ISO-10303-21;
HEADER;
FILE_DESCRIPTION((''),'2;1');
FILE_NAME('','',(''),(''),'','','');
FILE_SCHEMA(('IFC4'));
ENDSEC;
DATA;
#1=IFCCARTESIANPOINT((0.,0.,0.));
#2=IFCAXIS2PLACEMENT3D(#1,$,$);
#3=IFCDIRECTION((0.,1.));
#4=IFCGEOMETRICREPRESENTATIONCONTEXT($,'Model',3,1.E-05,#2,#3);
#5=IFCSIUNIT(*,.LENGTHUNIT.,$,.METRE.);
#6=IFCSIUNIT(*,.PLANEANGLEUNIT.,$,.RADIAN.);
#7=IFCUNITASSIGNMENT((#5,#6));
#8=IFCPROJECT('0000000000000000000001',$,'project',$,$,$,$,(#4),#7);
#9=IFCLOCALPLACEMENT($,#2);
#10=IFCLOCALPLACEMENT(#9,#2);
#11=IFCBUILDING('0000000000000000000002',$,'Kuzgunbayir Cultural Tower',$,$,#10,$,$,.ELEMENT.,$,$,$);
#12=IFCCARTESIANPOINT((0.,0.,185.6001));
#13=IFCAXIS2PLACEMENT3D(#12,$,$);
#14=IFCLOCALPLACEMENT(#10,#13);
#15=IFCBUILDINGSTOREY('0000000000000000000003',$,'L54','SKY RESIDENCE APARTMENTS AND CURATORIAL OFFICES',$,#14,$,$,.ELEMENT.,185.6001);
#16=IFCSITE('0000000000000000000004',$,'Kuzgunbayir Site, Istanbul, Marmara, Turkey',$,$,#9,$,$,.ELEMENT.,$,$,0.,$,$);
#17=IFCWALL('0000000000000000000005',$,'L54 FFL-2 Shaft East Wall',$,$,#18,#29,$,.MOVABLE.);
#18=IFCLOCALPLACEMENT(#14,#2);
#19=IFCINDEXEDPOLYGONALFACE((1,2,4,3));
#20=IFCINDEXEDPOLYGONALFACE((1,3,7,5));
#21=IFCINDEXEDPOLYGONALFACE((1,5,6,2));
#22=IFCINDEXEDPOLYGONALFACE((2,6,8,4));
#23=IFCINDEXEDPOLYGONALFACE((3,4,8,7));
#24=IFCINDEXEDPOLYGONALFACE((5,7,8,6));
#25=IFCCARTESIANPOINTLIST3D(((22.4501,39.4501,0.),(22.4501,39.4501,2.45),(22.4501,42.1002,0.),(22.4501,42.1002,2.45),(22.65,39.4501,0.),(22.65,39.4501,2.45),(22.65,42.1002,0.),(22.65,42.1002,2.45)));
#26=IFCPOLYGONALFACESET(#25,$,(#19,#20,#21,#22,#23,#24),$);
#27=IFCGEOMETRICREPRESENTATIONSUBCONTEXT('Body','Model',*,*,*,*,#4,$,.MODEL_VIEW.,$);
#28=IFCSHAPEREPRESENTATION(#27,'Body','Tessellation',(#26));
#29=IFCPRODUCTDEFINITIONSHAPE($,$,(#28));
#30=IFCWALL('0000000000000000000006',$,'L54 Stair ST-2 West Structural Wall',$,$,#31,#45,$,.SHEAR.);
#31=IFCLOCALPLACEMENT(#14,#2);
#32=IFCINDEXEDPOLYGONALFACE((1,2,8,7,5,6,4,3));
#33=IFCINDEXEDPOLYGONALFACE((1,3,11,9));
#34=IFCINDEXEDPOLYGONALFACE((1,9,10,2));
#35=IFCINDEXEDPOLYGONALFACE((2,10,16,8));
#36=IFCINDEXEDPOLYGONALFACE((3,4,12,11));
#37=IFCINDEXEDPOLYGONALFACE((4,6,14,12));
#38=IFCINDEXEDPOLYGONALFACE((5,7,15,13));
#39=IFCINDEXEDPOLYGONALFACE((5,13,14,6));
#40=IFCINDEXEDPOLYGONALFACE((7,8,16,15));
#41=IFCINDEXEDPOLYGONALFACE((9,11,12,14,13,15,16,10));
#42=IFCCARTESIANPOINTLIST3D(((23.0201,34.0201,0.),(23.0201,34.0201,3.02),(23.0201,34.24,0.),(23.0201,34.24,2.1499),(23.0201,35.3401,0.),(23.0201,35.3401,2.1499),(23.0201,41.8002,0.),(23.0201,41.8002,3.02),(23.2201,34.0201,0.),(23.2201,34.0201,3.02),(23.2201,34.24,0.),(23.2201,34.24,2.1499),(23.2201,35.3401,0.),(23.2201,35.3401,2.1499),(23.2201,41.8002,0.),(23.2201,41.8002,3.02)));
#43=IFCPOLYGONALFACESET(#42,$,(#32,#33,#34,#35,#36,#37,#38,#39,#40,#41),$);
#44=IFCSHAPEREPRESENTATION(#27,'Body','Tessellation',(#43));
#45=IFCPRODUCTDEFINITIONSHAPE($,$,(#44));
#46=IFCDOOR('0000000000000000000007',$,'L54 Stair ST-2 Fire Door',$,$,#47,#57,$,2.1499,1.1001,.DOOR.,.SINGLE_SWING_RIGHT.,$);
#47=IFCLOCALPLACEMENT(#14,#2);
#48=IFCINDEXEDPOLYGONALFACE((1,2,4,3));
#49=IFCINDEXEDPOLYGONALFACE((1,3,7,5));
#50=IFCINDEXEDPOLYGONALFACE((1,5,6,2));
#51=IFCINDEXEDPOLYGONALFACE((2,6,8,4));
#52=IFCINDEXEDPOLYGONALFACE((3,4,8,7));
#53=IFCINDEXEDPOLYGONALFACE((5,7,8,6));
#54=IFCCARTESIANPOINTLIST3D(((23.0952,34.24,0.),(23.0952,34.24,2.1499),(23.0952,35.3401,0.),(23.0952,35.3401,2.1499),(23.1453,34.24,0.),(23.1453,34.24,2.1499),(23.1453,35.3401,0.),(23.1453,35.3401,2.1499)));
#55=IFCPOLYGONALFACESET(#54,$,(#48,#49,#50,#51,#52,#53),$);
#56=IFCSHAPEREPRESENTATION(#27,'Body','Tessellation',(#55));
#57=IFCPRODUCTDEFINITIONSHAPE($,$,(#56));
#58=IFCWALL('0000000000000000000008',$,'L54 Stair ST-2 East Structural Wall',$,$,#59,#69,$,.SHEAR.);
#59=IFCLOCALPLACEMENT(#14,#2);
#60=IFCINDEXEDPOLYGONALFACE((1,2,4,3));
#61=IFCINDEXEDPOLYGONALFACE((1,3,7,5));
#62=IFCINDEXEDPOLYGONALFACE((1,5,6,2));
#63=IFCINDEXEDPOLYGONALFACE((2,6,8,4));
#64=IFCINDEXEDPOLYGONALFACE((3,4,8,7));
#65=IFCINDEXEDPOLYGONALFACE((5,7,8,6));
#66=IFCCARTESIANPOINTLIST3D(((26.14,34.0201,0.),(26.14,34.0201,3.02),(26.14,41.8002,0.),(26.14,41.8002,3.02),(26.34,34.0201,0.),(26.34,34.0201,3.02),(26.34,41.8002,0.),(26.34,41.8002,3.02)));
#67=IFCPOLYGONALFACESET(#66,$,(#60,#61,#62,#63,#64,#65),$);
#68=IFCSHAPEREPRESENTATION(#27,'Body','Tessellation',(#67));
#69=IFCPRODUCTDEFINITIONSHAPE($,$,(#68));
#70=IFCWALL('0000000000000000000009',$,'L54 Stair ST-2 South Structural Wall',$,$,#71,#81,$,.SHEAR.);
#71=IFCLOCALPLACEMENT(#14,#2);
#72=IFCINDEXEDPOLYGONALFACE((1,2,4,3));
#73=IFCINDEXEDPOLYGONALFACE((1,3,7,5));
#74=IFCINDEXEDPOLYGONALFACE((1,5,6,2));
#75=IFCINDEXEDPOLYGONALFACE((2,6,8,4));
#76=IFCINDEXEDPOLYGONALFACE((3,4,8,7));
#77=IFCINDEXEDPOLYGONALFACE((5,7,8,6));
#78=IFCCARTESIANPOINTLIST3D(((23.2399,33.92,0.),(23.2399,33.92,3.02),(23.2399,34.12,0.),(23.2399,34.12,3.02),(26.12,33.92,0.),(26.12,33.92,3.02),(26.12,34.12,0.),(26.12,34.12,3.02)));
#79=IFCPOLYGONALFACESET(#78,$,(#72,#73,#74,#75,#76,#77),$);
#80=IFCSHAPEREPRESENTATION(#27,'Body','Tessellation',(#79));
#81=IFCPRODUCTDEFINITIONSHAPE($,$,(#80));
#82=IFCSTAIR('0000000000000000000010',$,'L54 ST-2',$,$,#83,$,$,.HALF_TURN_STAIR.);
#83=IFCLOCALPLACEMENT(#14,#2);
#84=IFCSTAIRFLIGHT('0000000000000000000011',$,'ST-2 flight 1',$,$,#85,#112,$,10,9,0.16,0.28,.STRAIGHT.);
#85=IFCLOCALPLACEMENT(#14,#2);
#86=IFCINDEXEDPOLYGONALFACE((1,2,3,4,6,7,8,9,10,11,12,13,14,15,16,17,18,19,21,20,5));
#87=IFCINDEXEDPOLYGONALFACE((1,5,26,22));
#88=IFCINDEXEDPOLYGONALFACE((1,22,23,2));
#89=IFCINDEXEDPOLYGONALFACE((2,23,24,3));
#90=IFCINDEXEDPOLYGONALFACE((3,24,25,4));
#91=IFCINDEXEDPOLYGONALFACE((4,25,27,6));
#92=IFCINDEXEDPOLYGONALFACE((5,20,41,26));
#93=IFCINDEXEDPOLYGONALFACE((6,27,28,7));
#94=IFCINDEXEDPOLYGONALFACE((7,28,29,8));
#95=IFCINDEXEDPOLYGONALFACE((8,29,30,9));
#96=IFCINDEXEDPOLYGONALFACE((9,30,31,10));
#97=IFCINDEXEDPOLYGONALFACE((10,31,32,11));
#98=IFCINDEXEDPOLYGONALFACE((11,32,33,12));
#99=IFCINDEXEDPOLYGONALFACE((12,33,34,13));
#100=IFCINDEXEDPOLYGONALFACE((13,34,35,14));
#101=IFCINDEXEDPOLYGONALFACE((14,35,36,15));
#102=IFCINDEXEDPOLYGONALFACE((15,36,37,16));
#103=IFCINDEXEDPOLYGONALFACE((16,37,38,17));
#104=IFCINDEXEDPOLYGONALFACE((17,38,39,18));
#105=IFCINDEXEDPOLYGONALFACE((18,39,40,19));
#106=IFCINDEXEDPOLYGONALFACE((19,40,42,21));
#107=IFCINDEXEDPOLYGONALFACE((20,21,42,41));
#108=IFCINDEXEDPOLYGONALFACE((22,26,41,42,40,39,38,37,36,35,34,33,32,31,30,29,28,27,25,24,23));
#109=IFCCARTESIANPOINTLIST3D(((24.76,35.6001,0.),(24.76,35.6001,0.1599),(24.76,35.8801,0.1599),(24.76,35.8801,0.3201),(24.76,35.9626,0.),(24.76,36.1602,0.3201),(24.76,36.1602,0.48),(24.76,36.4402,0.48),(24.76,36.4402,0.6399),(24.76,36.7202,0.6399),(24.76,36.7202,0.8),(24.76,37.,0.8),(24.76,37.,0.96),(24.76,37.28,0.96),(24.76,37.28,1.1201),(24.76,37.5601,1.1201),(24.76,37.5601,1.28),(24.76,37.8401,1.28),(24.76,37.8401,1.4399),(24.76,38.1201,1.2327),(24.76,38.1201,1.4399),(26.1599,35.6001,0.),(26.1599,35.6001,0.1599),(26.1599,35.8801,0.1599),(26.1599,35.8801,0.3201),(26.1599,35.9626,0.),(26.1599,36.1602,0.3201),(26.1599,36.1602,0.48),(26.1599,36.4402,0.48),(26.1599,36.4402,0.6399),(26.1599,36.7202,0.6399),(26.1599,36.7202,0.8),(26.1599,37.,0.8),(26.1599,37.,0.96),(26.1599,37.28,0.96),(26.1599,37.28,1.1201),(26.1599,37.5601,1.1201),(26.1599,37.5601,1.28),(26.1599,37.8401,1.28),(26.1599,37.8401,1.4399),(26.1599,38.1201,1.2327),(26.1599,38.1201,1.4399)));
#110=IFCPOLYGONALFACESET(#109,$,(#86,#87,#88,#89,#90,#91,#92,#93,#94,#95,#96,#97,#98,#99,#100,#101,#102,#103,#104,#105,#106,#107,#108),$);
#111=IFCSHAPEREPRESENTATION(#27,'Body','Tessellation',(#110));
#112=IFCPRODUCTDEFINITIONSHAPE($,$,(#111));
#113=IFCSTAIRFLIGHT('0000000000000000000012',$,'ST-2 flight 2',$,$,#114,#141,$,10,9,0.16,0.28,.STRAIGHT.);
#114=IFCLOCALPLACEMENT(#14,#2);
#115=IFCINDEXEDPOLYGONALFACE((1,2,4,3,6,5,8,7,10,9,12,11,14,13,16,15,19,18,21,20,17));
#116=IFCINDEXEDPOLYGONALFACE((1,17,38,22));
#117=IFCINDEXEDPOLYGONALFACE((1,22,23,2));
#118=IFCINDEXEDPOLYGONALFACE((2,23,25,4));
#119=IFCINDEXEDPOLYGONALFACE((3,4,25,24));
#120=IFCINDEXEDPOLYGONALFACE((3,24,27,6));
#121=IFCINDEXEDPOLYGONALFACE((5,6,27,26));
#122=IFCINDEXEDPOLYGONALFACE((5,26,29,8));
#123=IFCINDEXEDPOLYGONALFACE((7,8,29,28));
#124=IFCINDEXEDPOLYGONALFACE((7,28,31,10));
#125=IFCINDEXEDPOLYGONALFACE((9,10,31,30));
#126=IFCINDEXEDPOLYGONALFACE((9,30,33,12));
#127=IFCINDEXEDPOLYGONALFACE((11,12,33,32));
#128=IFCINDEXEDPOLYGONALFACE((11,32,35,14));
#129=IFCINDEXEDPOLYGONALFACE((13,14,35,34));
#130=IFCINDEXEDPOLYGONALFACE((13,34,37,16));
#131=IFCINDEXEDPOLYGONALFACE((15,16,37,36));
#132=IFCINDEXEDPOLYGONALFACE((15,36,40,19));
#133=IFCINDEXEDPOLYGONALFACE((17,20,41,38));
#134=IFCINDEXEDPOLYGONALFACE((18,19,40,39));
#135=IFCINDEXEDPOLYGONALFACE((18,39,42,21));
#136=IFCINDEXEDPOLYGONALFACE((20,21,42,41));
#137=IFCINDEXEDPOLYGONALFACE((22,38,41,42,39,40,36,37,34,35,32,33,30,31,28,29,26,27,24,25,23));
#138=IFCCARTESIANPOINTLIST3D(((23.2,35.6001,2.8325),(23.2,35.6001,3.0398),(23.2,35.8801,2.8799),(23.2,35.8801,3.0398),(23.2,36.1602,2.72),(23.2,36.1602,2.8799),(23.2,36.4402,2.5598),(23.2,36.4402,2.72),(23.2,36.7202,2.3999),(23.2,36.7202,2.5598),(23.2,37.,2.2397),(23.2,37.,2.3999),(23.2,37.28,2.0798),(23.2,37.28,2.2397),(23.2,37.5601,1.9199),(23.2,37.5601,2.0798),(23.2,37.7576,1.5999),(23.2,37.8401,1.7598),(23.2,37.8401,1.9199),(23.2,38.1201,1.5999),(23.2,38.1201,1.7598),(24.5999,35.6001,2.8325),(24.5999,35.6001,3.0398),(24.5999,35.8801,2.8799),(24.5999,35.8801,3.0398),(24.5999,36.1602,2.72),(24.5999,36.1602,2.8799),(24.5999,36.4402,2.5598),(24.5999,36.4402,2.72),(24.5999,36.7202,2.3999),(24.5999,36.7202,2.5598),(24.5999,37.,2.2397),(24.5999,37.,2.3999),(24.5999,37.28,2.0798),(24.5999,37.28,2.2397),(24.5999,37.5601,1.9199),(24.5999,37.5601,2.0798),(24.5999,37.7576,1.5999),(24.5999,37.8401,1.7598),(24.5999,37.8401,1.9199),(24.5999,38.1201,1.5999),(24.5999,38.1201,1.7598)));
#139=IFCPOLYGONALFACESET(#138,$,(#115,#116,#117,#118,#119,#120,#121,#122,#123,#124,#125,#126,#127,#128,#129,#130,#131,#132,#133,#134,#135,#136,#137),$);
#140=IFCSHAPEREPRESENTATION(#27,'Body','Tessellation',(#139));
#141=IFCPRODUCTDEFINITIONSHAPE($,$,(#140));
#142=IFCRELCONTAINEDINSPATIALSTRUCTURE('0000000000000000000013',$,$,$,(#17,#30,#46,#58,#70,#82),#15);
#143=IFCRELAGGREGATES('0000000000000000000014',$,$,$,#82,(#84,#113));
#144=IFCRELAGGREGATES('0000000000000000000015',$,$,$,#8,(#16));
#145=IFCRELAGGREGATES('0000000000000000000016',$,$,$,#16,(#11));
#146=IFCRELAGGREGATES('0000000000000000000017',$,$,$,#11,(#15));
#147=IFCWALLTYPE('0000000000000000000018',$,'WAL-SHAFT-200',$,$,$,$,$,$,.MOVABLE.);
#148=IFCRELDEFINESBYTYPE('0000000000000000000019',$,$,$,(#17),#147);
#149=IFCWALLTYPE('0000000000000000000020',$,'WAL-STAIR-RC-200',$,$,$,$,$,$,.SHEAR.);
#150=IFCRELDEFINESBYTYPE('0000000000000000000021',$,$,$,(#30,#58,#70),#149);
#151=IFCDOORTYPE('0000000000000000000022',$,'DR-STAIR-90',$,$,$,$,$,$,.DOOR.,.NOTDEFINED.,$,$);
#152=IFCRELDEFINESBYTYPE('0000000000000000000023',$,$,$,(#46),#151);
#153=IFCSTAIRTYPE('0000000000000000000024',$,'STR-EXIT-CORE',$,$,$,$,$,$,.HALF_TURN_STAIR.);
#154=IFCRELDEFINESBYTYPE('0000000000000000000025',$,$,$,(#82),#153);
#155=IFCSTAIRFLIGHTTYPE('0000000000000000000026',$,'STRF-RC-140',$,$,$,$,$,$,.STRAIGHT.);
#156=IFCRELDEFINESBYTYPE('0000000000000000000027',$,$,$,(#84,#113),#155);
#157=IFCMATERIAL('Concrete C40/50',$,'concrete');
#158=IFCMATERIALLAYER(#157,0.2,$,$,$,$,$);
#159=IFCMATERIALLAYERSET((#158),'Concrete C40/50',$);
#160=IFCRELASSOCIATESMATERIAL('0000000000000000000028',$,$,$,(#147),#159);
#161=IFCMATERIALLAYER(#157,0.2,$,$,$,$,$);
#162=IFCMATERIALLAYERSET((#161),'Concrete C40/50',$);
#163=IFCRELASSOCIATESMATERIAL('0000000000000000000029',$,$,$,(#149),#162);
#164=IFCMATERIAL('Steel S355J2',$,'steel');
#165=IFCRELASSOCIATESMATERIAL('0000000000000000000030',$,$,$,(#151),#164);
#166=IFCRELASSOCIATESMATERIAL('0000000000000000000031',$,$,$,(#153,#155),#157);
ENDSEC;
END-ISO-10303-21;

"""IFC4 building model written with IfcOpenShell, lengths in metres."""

from ifc_helpers import new_model, si_unit, direction, frame, frame_2d, origin, place, context, subcontext, project, spatial, polyline, rectangle, outline, extrude, material, layer, layer_set, type_object, element, fill, aggregate, save


model = new_model("IFC4")

# Units and contexts
model_context = context("Model", 3, precision=1e-05, world=origin(), true_north=direction((0.0, 1.0)))
body_context = subcontext(model_context, "Body", "Model", "MODEL_VIEW")
ifc_project = project(units=[si_unit("LENGTHUNIT", "METRE"), si_unit("PLANEANGLEUNIT", "RADIAN")], contexts=[model_context])

# Site, building, storey
site_placement = place(None, origin())
site = spatial("IfcSite", under=ifc_project, at=site_placement, Name="Kuzgunbayir Site, Istanbul, Marmara, Turkey", CompositionType="ELEMENT", RefElevation=0.0)
building_placement = place(site_placement, origin())
building = spatial("IfcBuilding", under=site, at=building_placement, Name="Kuzgunbayir Cultural Tower", CompositionType="ELEMENT")
storey_placement = place(building_placement, frame((0.0, 0.0, 185.6001)))
storey = spatial("IfcBuildingStorey", under=building, at=storey_placement, Name="L54", Description="SKY RESIDENCE APARTMENTS AND CURATORIAL OFFICES", CompositionType="ELEMENT", Elevation=185.6001)

# Shared definitions
ifc_material_1 = material(Name="Steel S355J2", Category="steel")

# Shared definitions
ifc_material_2 = material(Name="Concrete C40/50", Category="concrete")
ifc_layer_1 = layer(ifc_material_2, 0.2)
ifc_layer_set_1 = layer_set([ifc_layer_1], Name="Concrete C40/50")
wall_type_1 = type_object("IfcWallType", Name="WAL-SHAFT-200", PredefinedType="MOVABLE", material=ifc_layer_set_1)

# Wall
for number, where, z_axis, x_axis, name in (
    (1, (22.55, 39.45, 0.0), (0.0, 0.0, 1.0), (0.0, 1.0, 0.0), "L54 FFL-2 Shaft East Wall"),
):
    element("IfcWall", number, at=place(storey_placement, frame(where, z_axis=z_axis, x_axis=x_axis)), inside=storey, type_object=wall_type_1, Name=name, PredefinedType="MOVABLE", context=body_context, shape_type="SweptSolid", body=[
        extrude(rectangle(XDim=2.6501, YDim=0.2, at=frame_2d((1.3252, 0.0))), origin(), (0.0, 0.0, 1.0), 2.45),
    ])

# Wall, opening, door
ifc_layer_2 = layer(ifc_material_2, 0.2)
ifc_layer_set_2 = layer_set([ifc_layer_2], Name="Concrete C40/50")
wall_type_2 = type_object("IfcWallType", Name="WAL-STAIR-RC-200", PredefinedType="SHEAR", material=ifc_layer_set_2)
wall_1_placement = place(storey_placement, frame((23.1201, 34.02, 0.0), z_axis=(0.0, 0.0, 1.0), x_axis=(0.0, 1.0, 0.0)))
wall_1 = element("IfcWall", 2, at=wall_1_placement, inside=storey, type_object=wall_type_2, Name="L54 Stair ST-2 West Structural Wall", PredefinedType="SHEAR", context=body_context, shape_type="SweptSolid", body=[
    extrude(rectangle(XDim=7.78, YDim=0.2, at=frame_2d((3.8901, 0.0))), origin(), (0.0, 0.0, 1.0), 3.02),
])
opening_1_placement = place(wall_1_placement, frame((0.22, 0.0, 0.0)))
opening_1 = element("IfcOpeningElement", 3, at=opening_1_placement, cuts=wall_1, PredefinedType="OPENING", context=body_context, shape_type="SweptSolid", body=[
    extrude(rectangle(XDim=1.1001, YDim=2.1499, at=frame_2d((0.55, 1.075))), frame((0.0, 0.1099, 0.0), z_axis=(0.0, -1.0, 0.0), x_axis=(1.0, 0.0, 0.0)), (0.0, 0.0, 1.0), 0.22),
])
door_type_1 = type_object("IfcDoorType", Name="DR-STAIR-90", OperationType="NOTDEFINED", PredefinedType="DOOR", material=ifc_material_1)
door_1_placement = place(opening_1_placement, origin())
door_1 = element("IfcDoor", 4, at=door_1_placement, inside=storey, type_object=door_type_1, Name="L54 Stair ST-2 Fire Door", OperationType="SINGLE_SWING_RIGHT", OverallHeight=2.1499, OverallWidth=1.1001, PredefinedType="DOOR", context=body_context, shape_type="SweptSolid", body=[
    extrude(rectangle(XDim=1.1001, YDim=2.1499, at=frame_2d((0.55, 1.075))), frame((0.0, 0.0249, 0.0), z_axis=(0.0, -1.0, 0.0), x_axis=(1.0, 0.0, 0.0)), (0.0, 0.0, 1.0), 0.05),
])
fill(opening_1, door_1)

# Walls
wall_2_placement = place(storey_placement, frame((26.24, 34.02, 0.0), z_axis=(0.0, 0.0, 1.0), x_axis=(0.0, 1.0, 0.0)))
element("IfcWall", 5, at=wall_2_placement, inside=storey, type_object=wall_type_2, Name="L54 Stair ST-2 East Structural Wall", PredefinedType="SHEAR", context=body_context, shape_type="SweptSolid", body=[
    extrude(rectangle(XDim=7.78, YDim=0.2, at=frame_2d((3.8901, 0.0))), origin(), (0.0, 0.0, 1.0), 3.02),
])
wall_3_placement = place(storey_placement, frame((23.24, 34.02, 0.0), z_axis=(0.0, 0.0, 1.0), x_axis=(1.0, 0.0, 0.0)))
element("IfcWall", 6, at=wall_3_placement, inside=storey, type_object=wall_type_2, Name="L54 Stair ST-2 South Structural Wall", PredefinedType="SHEAR", context=body_context, shape_type="SweptSolid", body=[
    extrude(rectangle(XDim=2.8801, YDim=0.2, at=frame_2d((1.4399, 0.0))), origin(), (0.0, 0.0, 1.0), 3.02),
])

# Stair, stair flights
stair_type = type_object("IfcStairType", Name="STR-EXIT-CORE", PredefinedType="HALF_TURN_STAIR", material=ifc_material_2)
stair_placement = place(storey_placement, origin())
stair = element("IfcStair", 7, at=stair_placement, inside=storey, type_object=stair_type, Name="L54 ST-2", PredefinedType="HALF_TURN_STAIR")
stair_flight_type = type_object("IfcStairFlightType", Name="STRF-RC-140", PredefinedType="STRAIGHT", material=ifc_material_2)
stair_flight_1_placement = place(storey_placement, frame((25.46, 35.6001, 0.0), z_axis=(0.0, 0.0, 1.0), x_axis=(0.0, 1.0, 0.0)))
stair_flight_1 = element("IfcStairFlight", 8, at=stair_flight_1_placement, type_object=stair_flight_type, Name="ST-2 flight 1", NumberOfRisers=10, NumberOfTreads=9, PredefinedType="STRAIGHT", RiserHeight=0.16, TreadLength=0.28, context=body_context, shape_type="SweptSolid", body=[
    extrude(outline(polyline([(0.0, 0.0), (0.0, 0.1599), (0.28, 0.1599), (0.28, 0.3201), (0.5601, 0.3201), (0.5601, 0.48), (0.8401, 0.48), (0.8401, 0.6399), (1.1201, 0.6399), (1.1201, 0.8), (1.3999, 0.8), (1.3999, 0.96), (1.6799, 0.96), (1.6799, 1.1201), (1.96, 1.1201), (1.96, 1.28), (2.24, 1.28), (2.24, 1.4399), (2.52, 1.4399), (2.52, 1.6001), (2.52, 1.2327), (0.3625, 0.0), (0.0, 0.0)])), frame((0.0, 0.7, 0.0), z_axis=(0.0, -1.0, 0.0), x_axis=(1.0, 0.0, 0.0)), (0.0, 0.0, 1.0), 1.3999),
])
stair_flight_2_placement = place(storey_placement, frame((23.8999, 38.1201, 1.5999), z_axis=(0.0, 0.0, 1.0), x_axis=(0.0, -1.0, 0.0)))
stair_flight_2 = element("IfcStairFlight", 9, at=stair_flight_2_placement, type_object=stair_flight_type, Name="ST-2 flight 2", NumberOfRisers=10, NumberOfTreads=9, PredefinedType="STRAIGHT", RiserHeight=0.16, TreadLength=0.28, context=body_context, shape_type="SweptSolid", body=[
    extrude(outline(polyline([(0.0, 0.0), (0.0, 0.1599), (0.28, 0.1599), (0.28, 0.3201), (0.5601, 0.3201), (0.5601, 0.48), (0.8401, 0.48), (0.8401, 0.6399), (1.1201, 0.6399), (1.1201, 0.8), (1.3999, 0.8), (1.3999, 0.96), (1.6799, 0.96), (1.6799, 1.1201), (1.96, 1.1201), (1.96, 1.28), (2.24, 1.28), (2.24, 1.4399), (2.52, 1.4399), (2.52, 1.6001), (2.52, 1.2327), (0.3625, 0.0), (0.0, 0.0)])), frame((0.0, 0.7, 0.0), z_axis=(0.0, -1.0, 0.0), x_axis=(1.0, 0.0, 0.0)), (0.0, 0.0, 1.0), 1.3999),
])
aggregate(stair, [stair_flight_1, stair_flight_2])

save(model, "model.ifc")
